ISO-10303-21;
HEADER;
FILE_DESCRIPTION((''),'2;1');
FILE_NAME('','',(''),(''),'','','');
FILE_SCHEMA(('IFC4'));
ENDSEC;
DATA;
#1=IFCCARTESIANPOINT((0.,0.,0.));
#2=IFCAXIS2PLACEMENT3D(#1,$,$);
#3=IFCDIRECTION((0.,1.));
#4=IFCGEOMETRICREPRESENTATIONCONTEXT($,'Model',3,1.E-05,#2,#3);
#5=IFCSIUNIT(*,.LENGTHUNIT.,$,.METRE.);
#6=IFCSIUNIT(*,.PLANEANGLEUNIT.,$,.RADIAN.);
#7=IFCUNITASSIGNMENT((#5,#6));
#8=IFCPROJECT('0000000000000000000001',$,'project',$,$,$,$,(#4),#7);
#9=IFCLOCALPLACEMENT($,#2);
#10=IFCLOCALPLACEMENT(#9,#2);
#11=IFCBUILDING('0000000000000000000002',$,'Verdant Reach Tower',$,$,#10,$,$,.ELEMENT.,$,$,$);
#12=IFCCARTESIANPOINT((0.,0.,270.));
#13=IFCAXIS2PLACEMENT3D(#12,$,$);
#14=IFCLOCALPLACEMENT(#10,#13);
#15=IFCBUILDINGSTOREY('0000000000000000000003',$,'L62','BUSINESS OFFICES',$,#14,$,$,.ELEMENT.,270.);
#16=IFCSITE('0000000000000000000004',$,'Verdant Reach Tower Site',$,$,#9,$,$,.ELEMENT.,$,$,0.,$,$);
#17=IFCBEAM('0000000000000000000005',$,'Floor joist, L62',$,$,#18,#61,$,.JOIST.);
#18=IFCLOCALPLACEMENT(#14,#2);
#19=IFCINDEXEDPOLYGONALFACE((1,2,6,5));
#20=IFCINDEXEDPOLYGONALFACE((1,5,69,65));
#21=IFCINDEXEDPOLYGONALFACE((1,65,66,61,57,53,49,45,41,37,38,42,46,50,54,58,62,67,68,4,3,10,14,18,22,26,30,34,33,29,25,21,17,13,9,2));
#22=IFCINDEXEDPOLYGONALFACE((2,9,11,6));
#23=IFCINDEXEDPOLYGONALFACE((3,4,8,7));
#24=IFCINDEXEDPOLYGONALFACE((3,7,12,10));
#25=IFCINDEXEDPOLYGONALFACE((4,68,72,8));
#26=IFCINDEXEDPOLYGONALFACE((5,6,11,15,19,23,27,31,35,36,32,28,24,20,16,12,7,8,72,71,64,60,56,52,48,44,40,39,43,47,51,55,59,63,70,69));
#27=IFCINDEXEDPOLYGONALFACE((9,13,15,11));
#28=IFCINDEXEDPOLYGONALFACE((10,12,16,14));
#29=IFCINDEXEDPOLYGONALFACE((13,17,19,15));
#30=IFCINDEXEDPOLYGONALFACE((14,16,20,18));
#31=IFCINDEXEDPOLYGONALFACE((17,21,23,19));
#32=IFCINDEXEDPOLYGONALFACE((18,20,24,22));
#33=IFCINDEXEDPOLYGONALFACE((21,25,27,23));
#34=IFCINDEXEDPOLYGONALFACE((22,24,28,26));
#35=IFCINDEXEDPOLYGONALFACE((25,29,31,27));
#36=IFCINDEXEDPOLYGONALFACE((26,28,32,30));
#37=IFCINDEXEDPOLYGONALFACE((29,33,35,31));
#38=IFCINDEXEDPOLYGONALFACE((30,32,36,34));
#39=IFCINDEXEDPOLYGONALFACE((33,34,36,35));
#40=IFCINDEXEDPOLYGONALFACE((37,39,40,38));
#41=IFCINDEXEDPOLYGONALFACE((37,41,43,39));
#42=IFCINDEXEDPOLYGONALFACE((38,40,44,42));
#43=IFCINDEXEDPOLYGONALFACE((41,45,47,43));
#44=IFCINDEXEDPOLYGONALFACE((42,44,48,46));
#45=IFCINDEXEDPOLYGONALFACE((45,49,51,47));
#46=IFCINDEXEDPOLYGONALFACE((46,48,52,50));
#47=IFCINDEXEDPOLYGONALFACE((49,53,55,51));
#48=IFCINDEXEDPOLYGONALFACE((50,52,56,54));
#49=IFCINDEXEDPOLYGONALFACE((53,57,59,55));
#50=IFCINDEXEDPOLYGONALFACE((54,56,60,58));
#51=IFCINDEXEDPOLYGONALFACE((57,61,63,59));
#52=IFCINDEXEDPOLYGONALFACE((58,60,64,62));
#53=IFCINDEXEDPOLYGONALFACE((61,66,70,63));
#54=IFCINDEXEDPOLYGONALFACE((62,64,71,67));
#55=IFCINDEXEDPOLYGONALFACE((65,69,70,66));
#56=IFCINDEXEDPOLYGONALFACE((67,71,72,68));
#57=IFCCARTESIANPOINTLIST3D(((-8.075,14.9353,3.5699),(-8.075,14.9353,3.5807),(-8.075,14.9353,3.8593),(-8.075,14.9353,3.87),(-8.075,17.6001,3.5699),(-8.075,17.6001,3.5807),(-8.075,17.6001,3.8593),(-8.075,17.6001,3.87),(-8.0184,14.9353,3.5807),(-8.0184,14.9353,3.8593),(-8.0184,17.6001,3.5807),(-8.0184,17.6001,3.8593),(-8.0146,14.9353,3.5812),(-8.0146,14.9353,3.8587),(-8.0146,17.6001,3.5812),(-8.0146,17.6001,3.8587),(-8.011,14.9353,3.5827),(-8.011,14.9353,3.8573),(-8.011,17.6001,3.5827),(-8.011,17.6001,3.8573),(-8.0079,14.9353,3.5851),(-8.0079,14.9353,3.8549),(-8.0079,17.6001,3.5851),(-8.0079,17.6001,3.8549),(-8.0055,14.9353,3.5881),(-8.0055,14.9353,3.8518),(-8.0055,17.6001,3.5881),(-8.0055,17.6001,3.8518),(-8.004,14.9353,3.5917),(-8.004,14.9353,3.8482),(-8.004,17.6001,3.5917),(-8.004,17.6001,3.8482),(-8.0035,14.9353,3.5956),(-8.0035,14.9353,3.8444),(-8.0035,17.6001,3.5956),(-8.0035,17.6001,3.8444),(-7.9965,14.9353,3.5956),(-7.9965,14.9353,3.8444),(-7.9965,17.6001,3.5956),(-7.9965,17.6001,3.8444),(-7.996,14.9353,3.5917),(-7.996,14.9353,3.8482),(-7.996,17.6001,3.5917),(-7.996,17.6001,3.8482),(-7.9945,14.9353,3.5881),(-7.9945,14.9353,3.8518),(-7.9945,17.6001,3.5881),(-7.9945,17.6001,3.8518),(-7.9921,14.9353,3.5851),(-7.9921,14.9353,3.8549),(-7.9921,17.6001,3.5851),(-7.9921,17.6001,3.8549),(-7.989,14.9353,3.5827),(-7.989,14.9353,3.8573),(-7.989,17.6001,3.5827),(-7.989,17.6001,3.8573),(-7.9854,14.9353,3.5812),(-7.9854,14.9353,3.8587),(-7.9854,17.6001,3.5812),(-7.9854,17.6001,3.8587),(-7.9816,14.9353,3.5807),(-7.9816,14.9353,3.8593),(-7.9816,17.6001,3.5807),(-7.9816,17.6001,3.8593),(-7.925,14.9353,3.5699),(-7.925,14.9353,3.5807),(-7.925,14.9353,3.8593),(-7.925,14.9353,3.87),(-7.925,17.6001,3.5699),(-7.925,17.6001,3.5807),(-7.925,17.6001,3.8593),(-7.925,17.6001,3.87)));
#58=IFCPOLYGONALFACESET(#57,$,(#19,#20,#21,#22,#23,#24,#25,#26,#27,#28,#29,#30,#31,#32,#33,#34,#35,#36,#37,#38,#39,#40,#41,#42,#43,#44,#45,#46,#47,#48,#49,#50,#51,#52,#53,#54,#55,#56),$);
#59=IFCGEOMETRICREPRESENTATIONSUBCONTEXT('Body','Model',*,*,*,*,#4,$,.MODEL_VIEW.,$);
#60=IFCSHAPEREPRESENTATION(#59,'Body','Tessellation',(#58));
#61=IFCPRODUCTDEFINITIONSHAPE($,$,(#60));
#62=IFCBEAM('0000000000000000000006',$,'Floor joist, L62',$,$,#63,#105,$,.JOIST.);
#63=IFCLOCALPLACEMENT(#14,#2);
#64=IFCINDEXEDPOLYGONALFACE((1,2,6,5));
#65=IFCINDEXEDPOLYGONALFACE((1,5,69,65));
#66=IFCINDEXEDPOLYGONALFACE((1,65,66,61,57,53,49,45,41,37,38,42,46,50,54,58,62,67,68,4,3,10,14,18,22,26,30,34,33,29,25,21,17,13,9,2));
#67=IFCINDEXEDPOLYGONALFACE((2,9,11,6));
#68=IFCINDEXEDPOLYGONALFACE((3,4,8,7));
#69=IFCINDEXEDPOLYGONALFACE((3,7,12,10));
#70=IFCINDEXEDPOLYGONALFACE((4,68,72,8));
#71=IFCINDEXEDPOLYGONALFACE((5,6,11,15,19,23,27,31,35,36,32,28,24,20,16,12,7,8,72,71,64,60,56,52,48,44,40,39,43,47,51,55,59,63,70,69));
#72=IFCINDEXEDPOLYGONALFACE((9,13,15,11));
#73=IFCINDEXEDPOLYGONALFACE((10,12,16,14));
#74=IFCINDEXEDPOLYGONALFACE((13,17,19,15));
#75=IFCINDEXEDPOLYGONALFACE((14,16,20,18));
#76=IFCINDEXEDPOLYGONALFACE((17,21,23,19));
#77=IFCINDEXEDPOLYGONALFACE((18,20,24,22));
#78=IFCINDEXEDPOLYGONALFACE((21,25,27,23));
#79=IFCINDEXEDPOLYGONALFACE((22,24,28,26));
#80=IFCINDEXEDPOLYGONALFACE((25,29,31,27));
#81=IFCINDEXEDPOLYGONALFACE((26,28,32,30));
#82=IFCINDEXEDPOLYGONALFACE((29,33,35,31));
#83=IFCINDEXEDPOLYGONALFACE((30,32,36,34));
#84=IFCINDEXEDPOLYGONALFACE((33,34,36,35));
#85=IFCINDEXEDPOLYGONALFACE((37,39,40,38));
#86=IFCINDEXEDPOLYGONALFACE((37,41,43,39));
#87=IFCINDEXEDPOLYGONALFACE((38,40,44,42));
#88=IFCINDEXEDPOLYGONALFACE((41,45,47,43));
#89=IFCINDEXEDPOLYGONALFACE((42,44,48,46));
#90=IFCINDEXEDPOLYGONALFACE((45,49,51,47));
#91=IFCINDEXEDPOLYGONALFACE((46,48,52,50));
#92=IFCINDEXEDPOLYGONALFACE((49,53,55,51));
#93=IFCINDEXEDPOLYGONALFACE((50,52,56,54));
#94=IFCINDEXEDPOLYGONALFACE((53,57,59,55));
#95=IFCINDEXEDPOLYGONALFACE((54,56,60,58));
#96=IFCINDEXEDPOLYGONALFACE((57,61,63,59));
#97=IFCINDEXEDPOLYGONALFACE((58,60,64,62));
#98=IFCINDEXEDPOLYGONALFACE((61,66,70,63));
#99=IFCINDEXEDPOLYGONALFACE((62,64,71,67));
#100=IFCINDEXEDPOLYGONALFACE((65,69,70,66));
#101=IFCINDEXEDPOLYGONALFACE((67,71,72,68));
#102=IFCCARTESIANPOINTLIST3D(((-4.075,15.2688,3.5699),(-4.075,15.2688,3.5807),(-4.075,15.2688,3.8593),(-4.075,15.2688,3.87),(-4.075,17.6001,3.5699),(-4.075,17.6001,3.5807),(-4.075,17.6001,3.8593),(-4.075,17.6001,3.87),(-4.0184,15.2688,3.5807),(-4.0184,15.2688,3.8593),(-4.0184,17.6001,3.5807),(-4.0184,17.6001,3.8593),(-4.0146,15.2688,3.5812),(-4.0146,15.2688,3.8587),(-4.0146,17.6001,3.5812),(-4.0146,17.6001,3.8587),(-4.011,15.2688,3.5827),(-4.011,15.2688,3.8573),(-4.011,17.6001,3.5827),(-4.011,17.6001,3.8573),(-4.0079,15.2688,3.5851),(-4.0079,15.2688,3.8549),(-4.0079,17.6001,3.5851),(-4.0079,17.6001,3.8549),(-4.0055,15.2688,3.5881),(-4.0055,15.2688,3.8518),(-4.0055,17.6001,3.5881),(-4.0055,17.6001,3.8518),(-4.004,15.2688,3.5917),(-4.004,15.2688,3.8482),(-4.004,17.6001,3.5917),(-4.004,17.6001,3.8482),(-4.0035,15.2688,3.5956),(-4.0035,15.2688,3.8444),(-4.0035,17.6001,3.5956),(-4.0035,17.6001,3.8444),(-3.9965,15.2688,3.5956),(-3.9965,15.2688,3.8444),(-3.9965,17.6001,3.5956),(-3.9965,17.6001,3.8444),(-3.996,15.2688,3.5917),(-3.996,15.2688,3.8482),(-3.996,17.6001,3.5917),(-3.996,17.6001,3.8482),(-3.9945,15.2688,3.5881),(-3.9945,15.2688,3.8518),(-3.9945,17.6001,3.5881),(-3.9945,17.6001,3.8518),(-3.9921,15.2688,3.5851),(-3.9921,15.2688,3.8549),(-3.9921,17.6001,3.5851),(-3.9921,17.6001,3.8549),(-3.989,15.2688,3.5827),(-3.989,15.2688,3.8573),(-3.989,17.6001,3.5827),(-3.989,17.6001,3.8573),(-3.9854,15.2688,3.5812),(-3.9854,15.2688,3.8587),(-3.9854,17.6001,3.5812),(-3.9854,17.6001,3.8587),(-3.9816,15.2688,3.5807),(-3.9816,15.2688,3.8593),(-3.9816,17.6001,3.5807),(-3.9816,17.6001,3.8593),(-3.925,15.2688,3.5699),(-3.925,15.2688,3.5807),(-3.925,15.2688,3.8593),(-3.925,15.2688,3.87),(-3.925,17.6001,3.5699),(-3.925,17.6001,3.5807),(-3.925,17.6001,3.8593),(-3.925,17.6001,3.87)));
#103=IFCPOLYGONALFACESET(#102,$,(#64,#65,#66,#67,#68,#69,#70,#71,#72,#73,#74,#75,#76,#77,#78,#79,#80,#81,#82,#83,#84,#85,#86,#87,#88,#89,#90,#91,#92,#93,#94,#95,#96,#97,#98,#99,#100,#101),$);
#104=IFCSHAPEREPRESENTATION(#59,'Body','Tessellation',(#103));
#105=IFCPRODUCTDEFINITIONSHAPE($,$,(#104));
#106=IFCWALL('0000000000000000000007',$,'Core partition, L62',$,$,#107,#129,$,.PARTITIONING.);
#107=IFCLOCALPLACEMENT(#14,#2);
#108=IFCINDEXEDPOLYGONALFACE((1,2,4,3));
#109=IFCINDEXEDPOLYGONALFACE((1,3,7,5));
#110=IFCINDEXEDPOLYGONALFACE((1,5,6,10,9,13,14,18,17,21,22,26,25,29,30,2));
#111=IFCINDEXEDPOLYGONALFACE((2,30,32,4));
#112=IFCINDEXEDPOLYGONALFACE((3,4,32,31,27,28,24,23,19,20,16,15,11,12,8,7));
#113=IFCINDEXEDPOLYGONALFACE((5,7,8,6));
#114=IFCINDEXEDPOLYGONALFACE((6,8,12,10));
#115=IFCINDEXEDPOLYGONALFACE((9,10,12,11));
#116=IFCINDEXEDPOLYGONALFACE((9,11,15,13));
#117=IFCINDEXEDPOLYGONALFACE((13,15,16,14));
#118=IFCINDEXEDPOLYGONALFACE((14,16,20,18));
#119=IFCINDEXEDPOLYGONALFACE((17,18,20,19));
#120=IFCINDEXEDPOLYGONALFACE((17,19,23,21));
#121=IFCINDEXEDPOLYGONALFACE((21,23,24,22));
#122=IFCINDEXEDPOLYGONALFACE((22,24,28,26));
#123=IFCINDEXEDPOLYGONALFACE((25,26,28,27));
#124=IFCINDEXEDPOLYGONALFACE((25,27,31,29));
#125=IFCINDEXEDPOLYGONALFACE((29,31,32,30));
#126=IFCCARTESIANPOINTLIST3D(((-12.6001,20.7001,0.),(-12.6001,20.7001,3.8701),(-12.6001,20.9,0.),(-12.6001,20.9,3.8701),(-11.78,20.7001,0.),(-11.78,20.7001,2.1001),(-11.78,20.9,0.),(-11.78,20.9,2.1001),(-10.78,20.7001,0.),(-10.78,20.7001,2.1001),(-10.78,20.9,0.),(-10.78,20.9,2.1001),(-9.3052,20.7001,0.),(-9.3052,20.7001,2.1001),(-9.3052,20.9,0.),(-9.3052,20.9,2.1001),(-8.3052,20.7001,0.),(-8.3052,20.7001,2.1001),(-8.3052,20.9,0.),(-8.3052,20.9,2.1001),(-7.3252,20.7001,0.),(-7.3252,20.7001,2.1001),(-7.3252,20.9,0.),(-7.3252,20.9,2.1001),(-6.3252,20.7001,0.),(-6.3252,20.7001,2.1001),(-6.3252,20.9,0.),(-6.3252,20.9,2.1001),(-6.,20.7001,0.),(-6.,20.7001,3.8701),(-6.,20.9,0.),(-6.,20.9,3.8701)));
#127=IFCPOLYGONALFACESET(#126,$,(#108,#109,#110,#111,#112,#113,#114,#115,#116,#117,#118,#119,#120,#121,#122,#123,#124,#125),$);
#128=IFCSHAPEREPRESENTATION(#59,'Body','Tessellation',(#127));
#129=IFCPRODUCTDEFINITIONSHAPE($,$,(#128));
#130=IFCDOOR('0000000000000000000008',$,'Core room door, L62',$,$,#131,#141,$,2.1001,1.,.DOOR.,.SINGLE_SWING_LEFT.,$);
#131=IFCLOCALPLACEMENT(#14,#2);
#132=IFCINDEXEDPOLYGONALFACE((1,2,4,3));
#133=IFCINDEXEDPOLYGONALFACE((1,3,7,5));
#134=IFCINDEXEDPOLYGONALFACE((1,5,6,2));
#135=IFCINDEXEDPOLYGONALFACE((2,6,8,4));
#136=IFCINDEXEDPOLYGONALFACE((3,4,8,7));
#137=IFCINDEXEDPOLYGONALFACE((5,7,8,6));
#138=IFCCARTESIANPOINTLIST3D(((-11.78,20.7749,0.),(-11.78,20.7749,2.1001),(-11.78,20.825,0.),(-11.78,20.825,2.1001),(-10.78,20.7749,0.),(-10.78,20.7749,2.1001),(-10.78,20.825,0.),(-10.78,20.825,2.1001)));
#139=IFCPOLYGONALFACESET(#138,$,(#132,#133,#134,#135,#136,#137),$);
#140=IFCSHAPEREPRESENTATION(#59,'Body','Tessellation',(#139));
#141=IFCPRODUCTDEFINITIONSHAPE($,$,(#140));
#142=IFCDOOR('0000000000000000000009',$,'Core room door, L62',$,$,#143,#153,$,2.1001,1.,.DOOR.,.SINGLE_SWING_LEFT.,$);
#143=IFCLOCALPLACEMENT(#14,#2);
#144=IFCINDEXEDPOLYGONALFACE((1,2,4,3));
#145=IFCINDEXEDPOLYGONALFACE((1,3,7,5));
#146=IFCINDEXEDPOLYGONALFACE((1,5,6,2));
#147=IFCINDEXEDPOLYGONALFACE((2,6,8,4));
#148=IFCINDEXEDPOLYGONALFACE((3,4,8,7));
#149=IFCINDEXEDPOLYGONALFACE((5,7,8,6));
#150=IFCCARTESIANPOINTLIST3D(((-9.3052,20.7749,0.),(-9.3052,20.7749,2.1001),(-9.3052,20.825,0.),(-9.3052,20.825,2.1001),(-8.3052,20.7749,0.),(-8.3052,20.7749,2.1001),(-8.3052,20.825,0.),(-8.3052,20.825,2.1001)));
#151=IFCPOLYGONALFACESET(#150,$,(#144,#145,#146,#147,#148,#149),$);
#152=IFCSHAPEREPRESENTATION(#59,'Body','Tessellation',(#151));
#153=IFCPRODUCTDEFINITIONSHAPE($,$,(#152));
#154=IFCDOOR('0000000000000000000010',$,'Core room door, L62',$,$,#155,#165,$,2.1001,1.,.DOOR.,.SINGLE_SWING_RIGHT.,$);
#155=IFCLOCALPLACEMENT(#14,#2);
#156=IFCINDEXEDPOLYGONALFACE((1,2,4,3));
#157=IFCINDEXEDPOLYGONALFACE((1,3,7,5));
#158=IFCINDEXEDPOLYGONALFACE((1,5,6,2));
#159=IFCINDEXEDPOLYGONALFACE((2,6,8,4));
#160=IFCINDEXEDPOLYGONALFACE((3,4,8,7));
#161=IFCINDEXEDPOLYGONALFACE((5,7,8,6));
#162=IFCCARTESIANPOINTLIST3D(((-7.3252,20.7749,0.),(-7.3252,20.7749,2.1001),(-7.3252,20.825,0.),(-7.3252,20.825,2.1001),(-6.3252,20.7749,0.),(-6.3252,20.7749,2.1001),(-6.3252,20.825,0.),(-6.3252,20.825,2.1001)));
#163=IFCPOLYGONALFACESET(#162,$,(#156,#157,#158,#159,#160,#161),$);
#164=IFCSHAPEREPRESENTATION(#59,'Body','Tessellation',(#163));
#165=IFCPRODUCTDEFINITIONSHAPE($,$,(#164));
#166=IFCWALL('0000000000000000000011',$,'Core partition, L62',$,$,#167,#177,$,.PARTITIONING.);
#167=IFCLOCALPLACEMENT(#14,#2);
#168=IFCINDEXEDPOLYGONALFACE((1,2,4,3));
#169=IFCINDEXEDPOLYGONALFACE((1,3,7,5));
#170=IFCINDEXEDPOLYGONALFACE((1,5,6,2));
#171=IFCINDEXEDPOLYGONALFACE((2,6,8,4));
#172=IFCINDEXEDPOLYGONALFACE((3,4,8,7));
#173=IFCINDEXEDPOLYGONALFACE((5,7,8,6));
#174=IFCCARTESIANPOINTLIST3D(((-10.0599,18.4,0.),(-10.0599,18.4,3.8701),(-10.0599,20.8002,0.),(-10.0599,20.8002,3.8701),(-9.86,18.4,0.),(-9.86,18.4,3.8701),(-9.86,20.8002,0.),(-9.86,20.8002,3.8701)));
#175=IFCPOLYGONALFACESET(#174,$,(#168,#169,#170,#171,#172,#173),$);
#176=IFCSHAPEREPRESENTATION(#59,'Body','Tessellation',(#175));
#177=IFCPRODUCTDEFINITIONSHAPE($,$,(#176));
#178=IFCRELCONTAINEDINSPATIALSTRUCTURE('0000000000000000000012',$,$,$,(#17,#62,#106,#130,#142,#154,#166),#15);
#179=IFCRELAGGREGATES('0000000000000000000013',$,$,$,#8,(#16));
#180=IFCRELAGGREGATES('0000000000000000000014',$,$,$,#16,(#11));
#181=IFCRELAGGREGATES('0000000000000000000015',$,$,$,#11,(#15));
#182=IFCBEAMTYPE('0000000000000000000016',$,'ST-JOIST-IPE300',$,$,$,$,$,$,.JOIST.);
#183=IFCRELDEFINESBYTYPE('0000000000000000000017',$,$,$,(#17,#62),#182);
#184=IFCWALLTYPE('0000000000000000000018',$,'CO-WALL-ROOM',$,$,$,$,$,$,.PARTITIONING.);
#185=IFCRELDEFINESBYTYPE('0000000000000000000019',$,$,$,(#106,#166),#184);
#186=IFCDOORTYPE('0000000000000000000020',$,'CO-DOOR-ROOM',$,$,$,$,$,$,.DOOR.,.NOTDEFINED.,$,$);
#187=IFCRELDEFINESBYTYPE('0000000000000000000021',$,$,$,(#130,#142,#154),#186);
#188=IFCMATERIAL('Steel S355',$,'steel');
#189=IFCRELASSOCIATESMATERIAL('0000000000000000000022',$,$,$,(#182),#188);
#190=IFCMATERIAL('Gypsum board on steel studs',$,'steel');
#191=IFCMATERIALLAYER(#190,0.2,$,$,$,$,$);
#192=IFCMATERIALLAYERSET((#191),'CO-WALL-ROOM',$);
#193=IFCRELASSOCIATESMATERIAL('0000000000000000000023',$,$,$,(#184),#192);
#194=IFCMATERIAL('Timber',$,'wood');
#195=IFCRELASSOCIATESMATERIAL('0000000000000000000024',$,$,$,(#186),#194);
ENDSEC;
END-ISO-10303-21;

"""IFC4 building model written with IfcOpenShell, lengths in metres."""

from ifc_helpers import new_model, si_unit, direction, frame, frame_2d, origin, origin_2d, place, context, subcontext, project, spatial, rectangle, i_section, extrude, material, layer, layer_set, material_profile, profile_set, type_object, element, fill, save


model = new_model("IFC4")

# Units and contexts
model_context = context("Model", 3, precision=1e-05, world=origin(), true_north=direction((0.0, 1.0)))
body_context = subcontext(model_context, "Body", "Model", "MODEL_VIEW")
ifc_project = project(units=[si_unit("LENGTHUNIT", "METRE"), si_unit("PLANEANGLEUNIT", "RADIAN")], contexts=[model_context])

# Site, building, storey
site_placement = place(None, origin())
site = spatial("IfcSite", under=ifc_project, at=site_placement, Name="Verdant Reach Tower Site", CompositionType="ELEMENT", RefElevation=0.0)
building_placement = place(site_placement, origin())
building = spatial("IfcBuilding", under=site, at=building_placement, Name="Verdant Reach Tower", CompositionType="ELEMENT")
storey_placement = place(building_placement, frame((0.0, 0.0, 270.0)))
storey = spatial("IfcBuildingStorey", under=building, at=storey_placement, Name="L62", Description="BUSINESS OFFICES", CompositionType="ELEMENT", Elevation=270.0)

# Beams
ifc_material_1 = material(Name="Steel S355", Category="steel")
ifc_material_profile = material_profile(ifc_material_1, i_section(OverallWidth=0.1499, OverallDepth=0.3, WebThickness=0.0071, FlangeThickness=0.0107, FilletRadius=0.0149, at=origin_2d()), Name="IPE 300")
ifc_profile_set = profile_set([ifc_material_profile], Name="Steel S355")
beam_type = type_object("IfcBeamType", Name="ST-JOIST-IPE300", PredefinedType="JOIST", material=ifc_profile_set)
beam_1_placement = place(storey_placement, frame((-8.0, 17.6001, 3.72), z_axis=(0.0, -1.0, 0.0), x_axis=(1.0, 0.0, 0.0)))
element("IfcBeam", 1, at=beam_1_placement, inside=storey, type_object=beam_type, Name="Floor joist, L62", PredefinedType="JOIST", context=body_context, shape_type="SweptSolid", body=[
    extrude(i_section(OverallWidth=0.1499, OverallDepth=0.3, WebThickness=0.0071, FlangeThickness=0.0107, FilletRadius=0.0149, at=origin_2d()), origin(), (0.0, 0.0, 1.0), 2.6648),
])
beam_2_placement = place(storey_placement, frame((-4.0, 17.6001, 3.72), z_axis=(0.0, -1.0, 0.0), x_axis=(1.0, 0.0, 0.0)))
element("IfcBeam", 2, at=beam_2_placement, inside=storey, type_object=beam_type, Name="Floor joist, L62", PredefinedType="JOIST", context=body_context, shape_type="SweptSolid", body=[
    extrude(i_section(OverallWidth=0.1499, OverallDepth=0.3, WebThickness=0.0071, FlangeThickness=0.0107, FilletRadius=0.0149, at=origin_2d()), origin(), (0.0, 0.0, 1.0), 2.3313),
])

# Wall, openings, doors
ifc_material_2 = material(Name="Gypsum board on steel studs", Category="steel")
ifc_layer_1 = layer(ifc_material_2, 0.2)
ifc_layer_set_1 = layer_set([ifc_layer_1], Name="CO-WALL-ROOM")
wall_type_1 = type_object("IfcWallType", Name="CO-WALL-ROOM", PredefinedType="PARTITIONING", material=ifc_layer_set_1)
wall_1_placement = place(storey_placement, frame((-12.6001, 20.8, 0.0), z_axis=(0.0, 0.0, 1.0), x_axis=(1.0, 0.0, 0.0)))
wall_1 = element("IfcWall", 3, at=wall_1_placement, inside=storey, type_object=wall_type_1, Name="Core partition, L62", PredefinedType="PARTITIONING", context=body_context, shape_type="SweptSolid", body=[
    extrude(rectangle(XDim=6.6001, YDim=0.2, at=frame_2d((3.3, 0.0))), origin(), (0.0, 0.0, 1.0), 3.8701),
])
opening_1_placement = place(wall_1_placement, frame((0.8201, 0.0, 0.0)))
opening_1 = element("IfcOpeningElement", 4, at=opening_1_placement, cuts=wall_1, PredefinedType="OPENING", context=body_context, shape_type="SweptSolid", body=[
    extrude(rectangle(XDim=1.0, YDim=2.1001, at=frame_2d((0.5, 1.05))), frame((0.0, 0.1099, 0.0), z_axis=(0.0, -1.0, 0.0), x_axis=(1.0, 0.0, 0.0)), (0.0, 0.0, 1.0), 0.22),
])
opening_2_placement = place(wall_1_placement, frame((3.2949, 0.0, 0.0)))
opening_2 = element("IfcOpeningElement", 5, at=opening_2_placement, cuts=wall_1, PredefinedType="OPENING", context=body_context, shape_type="SweptSolid", body=[
    extrude(rectangle(XDim=1.0, YDim=2.1001, at=frame_2d((0.5, 1.05))), frame((0.0, 0.1099, 0.0), z_axis=(0.0, -1.0, 0.0), x_axis=(1.0, 0.0, 0.0)), (0.0, 0.0, 1.0), 0.22),
])
opening_3_placement = place(wall_1_placement, frame((5.2749, 0.0, 0.0)))
opening_3 = element("IfcOpeningElement", 6, at=opening_3_placement, cuts=wall_1, PredefinedType="OPENING", context=body_context, shape_type="SweptSolid", body=[
    extrude(rectangle(XDim=1.0, YDim=2.1001, at=frame_2d((0.5, 1.05))), frame((0.0, 0.1099, 0.0), z_axis=(0.0, -1.0, 0.0), x_axis=(1.0, 0.0, 0.0)), (0.0, 0.0, 1.0), 0.22),
])
ifc_material_3 = material(Name="Timber", Category="wood")
door_type_1 = type_object("IfcDoorType", Name="CO-DOOR-ROOM", OperationType="NOTDEFINED", PredefinedType="DOOR", material=ifc_material_3)
door_1_placement = place(opening_1_placement, origin())
door_1 = element("IfcDoor", 7, at=door_1_placement, inside=storey, type_object=door_type_1, Name="Core room door, L62", OperationType="SINGLE_SWING_LEFT", OverallHeight=2.1001, OverallWidth=1.0, PredefinedType="DOOR", context=body_context, shape_type="SweptSolid", body=[
    extrude(rectangle(XDim=1.0, YDim=2.1001, at=frame_2d((0.5, 1.05))), frame((0.0, 0.0249, 0.0), z_axis=(0.0, -1.0, 0.0), x_axis=(1.0, 0.0, 0.0)), (0.0, 0.0, 1.0), 0.05),
])
fill(opening_1, door_1)
door_2_placement = place(opening_2_placement, origin())
door_2 = element("IfcDoor", 8, at=door_2_placement, inside=storey, type_object=door_type_1, Name="Core room door, L62", OperationType="SINGLE_SWING_LEFT", OverallHeight=2.1001, OverallWidth=1.0, PredefinedType="DOOR", context=body_context, shape_type="SweptSolid", body=[
    extrude(rectangle(XDim=1.0, YDim=2.1001, at=frame_2d((0.5, 1.05))), frame((0.0, 0.0249, 0.0), z_axis=(0.0, -1.0, 0.0), x_axis=(1.0, 0.0, 0.0)), (0.0, 0.0, 1.0), 0.05),
])
fill(opening_2, door_2)
door_3_placement = place(opening_3_placement, origin())
door_3 = element("IfcDoor", 9, at=door_3_placement, inside=storey, type_object=door_type_1, Name="Core room door, L62", OperationType="SINGLE_SWING_RIGHT", OverallHeight=2.1001, OverallWidth=1.0, PredefinedType="DOOR", context=body_context, shape_type="SweptSolid", body=[
    extrude(rectangle(XDim=1.0, YDim=2.1001, at=frame_2d((0.5, 1.05))), frame((0.0, 0.0249, 0.0), z_axis=(0.0, -1.0, 0.0), x_axis=(1.0, 0.0, 0.0)), (0.0, 0.0, 1.0), 0.05),
])
fill(opening_3, door_3)

# Wall
for number, where, z_axis, x_axis, name in (
    (10, (-9.96, 18.3999, 0.0), (0.0, 0.0, 1.0), (0.0, 1.0, 0.0), "Core partition, L62"),
):
    element("IfcWall", number, at=place(storey_placement, frame(where, z_axis=z_axis, x_axis=x_axis)), inside=storey, type_object=wall_type_1, Name=name, PredefinedType="PARTITIONING", context=body_context, shape_type="SweptSolid", body=[
        extrude(rectangle(XDim=2.4001, YDim=0.2, at=frame_2d((1.2002, 0.0))), origin(), (0.0, 0.0, 1.0), 3.8701),
    ])

save(model, "model.ifc")
